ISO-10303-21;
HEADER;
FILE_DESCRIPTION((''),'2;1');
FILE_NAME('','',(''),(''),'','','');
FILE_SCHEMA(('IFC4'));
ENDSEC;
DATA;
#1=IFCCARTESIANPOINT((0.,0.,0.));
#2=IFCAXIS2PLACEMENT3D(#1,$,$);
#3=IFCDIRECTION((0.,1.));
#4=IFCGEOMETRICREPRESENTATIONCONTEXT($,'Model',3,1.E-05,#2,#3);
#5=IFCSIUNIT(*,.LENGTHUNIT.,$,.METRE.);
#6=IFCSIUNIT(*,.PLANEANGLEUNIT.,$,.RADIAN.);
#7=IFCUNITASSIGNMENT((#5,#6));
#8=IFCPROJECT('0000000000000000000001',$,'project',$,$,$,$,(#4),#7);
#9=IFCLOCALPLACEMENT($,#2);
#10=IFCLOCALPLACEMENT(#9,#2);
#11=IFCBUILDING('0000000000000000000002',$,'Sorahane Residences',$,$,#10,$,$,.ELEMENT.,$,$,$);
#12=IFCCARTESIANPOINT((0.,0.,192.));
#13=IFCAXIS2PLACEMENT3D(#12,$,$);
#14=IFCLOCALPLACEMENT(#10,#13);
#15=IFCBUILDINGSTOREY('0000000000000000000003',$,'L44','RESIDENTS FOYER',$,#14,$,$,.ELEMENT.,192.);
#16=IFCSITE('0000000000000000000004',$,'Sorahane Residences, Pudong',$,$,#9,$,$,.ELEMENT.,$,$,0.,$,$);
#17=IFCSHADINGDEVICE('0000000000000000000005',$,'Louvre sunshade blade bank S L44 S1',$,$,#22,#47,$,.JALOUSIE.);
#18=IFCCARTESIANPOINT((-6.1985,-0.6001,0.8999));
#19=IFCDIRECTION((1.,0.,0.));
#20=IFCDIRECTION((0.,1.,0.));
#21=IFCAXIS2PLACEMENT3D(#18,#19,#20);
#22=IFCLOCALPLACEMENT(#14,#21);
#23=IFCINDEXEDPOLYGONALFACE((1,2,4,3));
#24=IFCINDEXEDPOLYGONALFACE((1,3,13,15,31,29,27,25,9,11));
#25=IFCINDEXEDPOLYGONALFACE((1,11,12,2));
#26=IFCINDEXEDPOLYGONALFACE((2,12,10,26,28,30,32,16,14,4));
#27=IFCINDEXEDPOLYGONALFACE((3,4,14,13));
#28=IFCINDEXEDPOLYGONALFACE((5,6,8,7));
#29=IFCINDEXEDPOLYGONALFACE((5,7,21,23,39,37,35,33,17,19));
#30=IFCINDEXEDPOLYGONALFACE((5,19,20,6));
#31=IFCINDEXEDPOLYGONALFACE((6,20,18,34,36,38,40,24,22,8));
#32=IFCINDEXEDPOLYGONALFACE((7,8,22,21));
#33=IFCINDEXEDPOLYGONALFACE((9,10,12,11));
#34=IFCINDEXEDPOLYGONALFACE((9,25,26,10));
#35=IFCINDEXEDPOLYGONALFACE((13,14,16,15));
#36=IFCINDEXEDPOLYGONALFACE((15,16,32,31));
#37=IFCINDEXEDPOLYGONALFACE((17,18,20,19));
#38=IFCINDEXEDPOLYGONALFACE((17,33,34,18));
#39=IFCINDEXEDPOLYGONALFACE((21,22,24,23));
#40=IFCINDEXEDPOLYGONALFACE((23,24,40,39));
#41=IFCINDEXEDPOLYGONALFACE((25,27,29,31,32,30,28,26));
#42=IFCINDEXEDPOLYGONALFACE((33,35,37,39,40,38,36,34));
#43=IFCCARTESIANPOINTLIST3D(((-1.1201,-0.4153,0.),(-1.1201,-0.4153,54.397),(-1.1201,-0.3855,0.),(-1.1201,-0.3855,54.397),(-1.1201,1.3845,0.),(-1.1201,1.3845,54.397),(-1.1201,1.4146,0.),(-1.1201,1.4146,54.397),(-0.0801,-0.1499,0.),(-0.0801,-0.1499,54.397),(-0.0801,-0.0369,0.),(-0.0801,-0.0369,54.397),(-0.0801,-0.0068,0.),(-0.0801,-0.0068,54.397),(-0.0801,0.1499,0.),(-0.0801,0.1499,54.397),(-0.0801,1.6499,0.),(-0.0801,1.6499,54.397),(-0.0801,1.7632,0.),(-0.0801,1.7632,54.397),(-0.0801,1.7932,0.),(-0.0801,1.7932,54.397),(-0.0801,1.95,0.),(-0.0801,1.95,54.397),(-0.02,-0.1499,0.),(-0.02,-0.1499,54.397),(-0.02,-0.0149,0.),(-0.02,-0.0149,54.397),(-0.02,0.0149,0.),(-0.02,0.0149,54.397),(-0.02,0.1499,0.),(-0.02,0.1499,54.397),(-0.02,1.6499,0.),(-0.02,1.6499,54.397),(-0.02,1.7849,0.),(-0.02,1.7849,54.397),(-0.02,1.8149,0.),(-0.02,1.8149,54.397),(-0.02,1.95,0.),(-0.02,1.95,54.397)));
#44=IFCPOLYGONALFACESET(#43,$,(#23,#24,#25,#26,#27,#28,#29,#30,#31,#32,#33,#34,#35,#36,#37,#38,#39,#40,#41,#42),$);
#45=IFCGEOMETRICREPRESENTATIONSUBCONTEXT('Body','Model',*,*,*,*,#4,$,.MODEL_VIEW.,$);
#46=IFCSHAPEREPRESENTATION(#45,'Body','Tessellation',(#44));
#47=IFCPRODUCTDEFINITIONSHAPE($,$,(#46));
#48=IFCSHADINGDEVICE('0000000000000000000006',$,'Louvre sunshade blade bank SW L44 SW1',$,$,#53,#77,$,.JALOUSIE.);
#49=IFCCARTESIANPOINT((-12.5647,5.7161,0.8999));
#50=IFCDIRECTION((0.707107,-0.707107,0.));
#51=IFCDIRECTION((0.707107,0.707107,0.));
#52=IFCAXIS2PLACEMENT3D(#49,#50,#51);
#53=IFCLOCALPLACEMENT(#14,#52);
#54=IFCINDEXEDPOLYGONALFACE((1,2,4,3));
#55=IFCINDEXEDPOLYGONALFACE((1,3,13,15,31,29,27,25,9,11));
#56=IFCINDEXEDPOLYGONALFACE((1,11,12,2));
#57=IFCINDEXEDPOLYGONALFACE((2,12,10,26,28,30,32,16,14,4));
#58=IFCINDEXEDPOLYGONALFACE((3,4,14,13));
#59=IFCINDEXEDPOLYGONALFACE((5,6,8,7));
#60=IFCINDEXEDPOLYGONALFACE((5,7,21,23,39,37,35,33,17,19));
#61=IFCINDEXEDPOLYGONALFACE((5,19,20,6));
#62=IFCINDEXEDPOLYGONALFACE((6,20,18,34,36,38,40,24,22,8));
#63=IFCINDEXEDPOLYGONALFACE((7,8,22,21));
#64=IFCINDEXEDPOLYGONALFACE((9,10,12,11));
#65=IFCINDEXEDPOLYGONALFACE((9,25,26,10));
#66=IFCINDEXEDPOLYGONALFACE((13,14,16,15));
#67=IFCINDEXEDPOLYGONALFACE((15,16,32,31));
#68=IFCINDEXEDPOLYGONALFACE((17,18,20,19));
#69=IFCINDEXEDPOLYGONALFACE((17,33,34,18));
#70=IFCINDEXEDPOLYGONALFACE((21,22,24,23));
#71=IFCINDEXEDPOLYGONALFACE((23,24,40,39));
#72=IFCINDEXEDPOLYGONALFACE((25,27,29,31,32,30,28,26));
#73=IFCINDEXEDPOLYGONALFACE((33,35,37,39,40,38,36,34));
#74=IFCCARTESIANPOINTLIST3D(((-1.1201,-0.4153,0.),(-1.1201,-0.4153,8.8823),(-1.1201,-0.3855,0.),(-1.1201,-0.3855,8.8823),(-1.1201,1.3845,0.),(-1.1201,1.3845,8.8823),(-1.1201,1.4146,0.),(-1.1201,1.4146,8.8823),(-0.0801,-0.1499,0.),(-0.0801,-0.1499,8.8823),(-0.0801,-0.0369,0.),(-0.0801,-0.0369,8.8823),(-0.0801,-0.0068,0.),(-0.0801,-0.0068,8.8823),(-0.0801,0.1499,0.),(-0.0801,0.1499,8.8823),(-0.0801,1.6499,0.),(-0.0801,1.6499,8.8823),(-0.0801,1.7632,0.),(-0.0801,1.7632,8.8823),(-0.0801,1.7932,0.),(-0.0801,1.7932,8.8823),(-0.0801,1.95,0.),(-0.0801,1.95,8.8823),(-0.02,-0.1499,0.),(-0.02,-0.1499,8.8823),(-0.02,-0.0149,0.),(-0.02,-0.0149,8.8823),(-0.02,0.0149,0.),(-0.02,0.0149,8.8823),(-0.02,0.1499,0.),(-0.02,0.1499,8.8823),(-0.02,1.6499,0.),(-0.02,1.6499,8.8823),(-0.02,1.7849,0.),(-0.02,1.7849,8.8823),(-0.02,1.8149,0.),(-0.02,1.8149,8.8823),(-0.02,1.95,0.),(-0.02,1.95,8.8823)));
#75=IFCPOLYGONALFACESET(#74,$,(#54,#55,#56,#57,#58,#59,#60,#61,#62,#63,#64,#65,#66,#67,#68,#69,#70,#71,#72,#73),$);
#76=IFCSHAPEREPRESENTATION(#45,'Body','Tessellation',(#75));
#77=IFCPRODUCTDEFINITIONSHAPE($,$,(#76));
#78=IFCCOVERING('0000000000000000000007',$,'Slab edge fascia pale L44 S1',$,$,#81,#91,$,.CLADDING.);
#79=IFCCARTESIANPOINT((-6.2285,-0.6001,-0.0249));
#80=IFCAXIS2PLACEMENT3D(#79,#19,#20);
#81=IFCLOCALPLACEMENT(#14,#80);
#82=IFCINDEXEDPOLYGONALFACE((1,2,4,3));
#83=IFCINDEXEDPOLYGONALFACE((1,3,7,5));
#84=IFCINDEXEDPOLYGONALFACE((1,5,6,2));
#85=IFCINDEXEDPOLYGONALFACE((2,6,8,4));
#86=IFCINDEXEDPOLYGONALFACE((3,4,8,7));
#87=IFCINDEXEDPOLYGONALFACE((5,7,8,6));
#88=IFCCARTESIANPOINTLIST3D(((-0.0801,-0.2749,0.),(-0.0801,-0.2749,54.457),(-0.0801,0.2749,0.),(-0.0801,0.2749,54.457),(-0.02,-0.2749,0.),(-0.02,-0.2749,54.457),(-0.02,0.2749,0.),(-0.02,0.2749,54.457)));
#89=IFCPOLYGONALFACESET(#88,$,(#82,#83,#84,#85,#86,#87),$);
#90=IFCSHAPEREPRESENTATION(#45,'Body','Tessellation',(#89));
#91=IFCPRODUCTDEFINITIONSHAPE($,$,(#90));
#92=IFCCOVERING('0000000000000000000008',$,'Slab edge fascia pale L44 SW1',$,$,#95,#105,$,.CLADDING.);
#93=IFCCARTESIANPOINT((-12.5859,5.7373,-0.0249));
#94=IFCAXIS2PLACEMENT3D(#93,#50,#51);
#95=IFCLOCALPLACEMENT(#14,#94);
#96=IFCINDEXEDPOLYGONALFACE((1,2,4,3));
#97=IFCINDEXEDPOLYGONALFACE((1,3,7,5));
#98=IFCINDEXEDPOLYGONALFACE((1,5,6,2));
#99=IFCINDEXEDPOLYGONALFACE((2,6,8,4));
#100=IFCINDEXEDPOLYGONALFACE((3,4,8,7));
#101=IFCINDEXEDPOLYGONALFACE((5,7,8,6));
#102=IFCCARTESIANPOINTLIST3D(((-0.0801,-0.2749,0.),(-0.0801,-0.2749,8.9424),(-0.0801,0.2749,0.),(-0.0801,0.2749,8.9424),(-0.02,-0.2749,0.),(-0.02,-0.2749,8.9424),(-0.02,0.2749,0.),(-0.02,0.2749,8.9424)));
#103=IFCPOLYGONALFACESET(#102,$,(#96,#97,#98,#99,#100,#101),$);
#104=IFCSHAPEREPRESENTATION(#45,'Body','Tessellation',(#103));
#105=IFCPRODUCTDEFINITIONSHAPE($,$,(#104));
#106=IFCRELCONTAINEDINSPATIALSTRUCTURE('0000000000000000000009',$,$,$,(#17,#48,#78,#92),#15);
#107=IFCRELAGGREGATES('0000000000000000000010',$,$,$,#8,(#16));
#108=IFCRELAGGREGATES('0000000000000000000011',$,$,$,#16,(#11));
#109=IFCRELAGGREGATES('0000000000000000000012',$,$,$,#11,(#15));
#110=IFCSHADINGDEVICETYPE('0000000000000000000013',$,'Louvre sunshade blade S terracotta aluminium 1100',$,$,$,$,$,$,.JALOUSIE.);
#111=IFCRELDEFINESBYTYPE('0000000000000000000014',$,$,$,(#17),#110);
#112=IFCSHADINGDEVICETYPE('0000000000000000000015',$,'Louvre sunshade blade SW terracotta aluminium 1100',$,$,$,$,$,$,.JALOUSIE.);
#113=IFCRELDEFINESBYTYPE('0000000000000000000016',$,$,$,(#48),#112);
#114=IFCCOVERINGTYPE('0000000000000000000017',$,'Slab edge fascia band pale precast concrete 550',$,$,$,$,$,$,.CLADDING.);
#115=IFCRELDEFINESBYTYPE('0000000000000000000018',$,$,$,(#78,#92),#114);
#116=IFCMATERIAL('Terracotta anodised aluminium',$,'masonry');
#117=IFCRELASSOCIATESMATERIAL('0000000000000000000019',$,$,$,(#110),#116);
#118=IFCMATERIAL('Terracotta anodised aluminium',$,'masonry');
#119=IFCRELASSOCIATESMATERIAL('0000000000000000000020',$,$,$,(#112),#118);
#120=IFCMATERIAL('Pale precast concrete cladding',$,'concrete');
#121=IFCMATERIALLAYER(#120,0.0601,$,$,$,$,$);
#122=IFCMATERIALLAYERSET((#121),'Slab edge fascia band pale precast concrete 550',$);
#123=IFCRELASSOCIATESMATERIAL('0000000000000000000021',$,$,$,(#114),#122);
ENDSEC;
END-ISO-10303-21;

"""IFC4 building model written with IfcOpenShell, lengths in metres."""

from ifc_helpers import new_model, si_unit, direction, frame, origin, place, context, subcontext, project, spatial, polyline, outline, composite_profile, extrude, material, layer, layer_set, type_object, element, save


model = new_model("IFC4")

# Units and contexts
model_context = context("Model", 3, precision=1e-05, world=origin(), true_north=direction((0.0, 1.0)))
body_context = subcontext(model_context, "Body", "Model", "MODEL_VIEW")
ifc_project = project(units=[si_unit("LENGTHUNIT", "METRE"), si_unit("PLANEANGLEUNIT", "RADIAN")], contexts=[model_context])

# Site, building, storey
site_placement = place(None, origin())
site = spatial("IfcSite", under=ifc_project, at=site_placement, Name="Sorahane Residences, Pudong", CompositionType="ELEMENT", RefElevation=0.0)
building_placement = place(site_placement, origin())
building = spatial("IfcBuilding", under=site, at=building_placement, Name="Sorahane Residences", CompositionType="ELEMENT")
storey_placement = place(building_placement, frame((0.0, 0.0, 192.0)))
storey = spatial("IfcBuildingStorey", under=building, at=storey_placement, Name="L44", Description="RESIDENTS FOYER", CompositionType="ELEMENT", Elevation=192.0)

# Shading devices
ifc_material_1 = material(Name="Terracotta anodised aluminium", Category="masonry")
shading_device_type_1 = type_object("IfcShadingDeviceType", Name="Louvre sunshade blade S terracotta aluminium 1100", PredefinedType="JALOUSIE", material=ifc_material_1)
shading_device_1_placement = place(storey_placement, frame((-6.1985, -0.6001, 0.8999), z_axis=(1.0, 0.0, 0.0), x_axis=(0.0, 1.0, 0.0)))
element("IfcShadingDevice", 1, at=shading_device_1_placement, inside=storey, type_object=shading_device_type_1, Name="Louvre sunshade blade bank S L44 S1", PredefinedType="JALOUSIE", context=body_context, shape_type="SweptSolid", body=[
    extrude(composite_profile([outline(polyline([(-1.1201, -0.3855), (-1.1201, -0.4153), (-0.0801, -0.0369), (-0.0801, -0.1499), (-0.02, -0.1499), (-0.02, -0.0149), (-0.02, 0.0149), (-0.02, 0.1499), (-0.0801, 0.1499), (-0.0801, -0.0068), (-1.1201, -0.3855)])), outline(polyline([(-1.1201, 1.4146), (-1.1201, 1.3845), (-0.0801, 1.7632), (-0.0801, 1.6499), (-0.02, 1.6499), (-0.02, 1.7849), (-0.02, 1.8149), (-0.02, 1.95), (-0.0801, 1.95), (-0.0801, 1.7932), (-1.1201, 1.4146)]))]), origin(), (0.0, 0.0, 1.0), 54.397),
])
ifc_material_2 = material(Name="Terracotta anodised aluminium", Category="masonry")
shading_device_type_2 = type_object("IfcShadingDeviceType", Name="Louvre sunshade blade SW terracotta aluminium 1100", PredefinedType="JALOUSIE", material=ifc_material_2)
shading_device_2_placement = place(storey_placement, frame((-12.5647, 5.7161, 0.8999), z_axis=(0.707107, -0.707107, 0.0), x_axis=(0.707107, 0.707107, 0.0)))
element("IfcShadingDevice", 2, at=shading_device_2_placement, inside=storey, type_object=shading_device_type_2, Name="Louvre sunshade blade bank SW L44 SW1", PredefinedType="JALOUSIE", context=body_context, shape_type="SweptSolid", body=[
    extrude(composite_profile([outline(polyline([(-1.1201, -0.3855), (-1.1201, -0.4153), (-0.0801, -0.0369), (-0.0801, -0.1499), (-0.02, -0.1499), (-0.02, -0.0149), (-0.02, 0.0149), (-0.02, 0.1499), (-0.0801, 0.1499), (-0.0801, -0.0068), (-1.1201, -0.3855)])), outline(polyline([(-1.1201, 1.4146), (-1.1201, 1.3845), (-0.0801, 1.7632), (-0.0801, 1.6499), (-0.02, 1.6499), (-0.02, 1.7849), (-0.02, 1.8149), (-0.02, 1.95), (-0.0801, 1.95), (-0.0801, 1.7932), (-1.1201, 1.4146)]))]), origin(), (0.0, 0.0, 1.0), 8.8823),
])

# Coverings
ifc_material_3 = material(Name="Pale precast concrete cladding", Category="concrete")
ifc_layer_1 = layer(ifc_material_3, 0.0601)
ifc_layer_set_1 = layer_set([ifc_layer_1], Name="Slab edge fascia band pale precast concrete 550")
covering_type = type_object("IfcCoveringType", Name="Slab edge fascia band pale precast concrete 550", PredefinedType="CLADDING", material=ifc_layer_set_1)
covering_1_placement = place(storey_placement, frame((-6.2285, -0.6001, -0.0249), z_axis=(1.0, 0.0, 0.0), x_axis=(0.0, 1.0, 0.0)))
element("IfcCovering", 3, at=covering_1_placement, inside=storey, type_object=covering_type, Name="Slab edge fascia pale L44 S1", PredefinedType="CLADDING", context=body_context, shape_type="SweptSolid", body=[
    extrude(outline(polyline([(-0.02, 0.2749), (-0.0801, 0.2749), (-0.0801, -0.2749), (-0.02, -0.2749), (-0.02, 0.2749)])), origin(), (0.0, 0.0, 1.0), 54.457),
])
covering_2_placement = place(storey_placement, frame((-12.5859, 5.7373, -0.0249), z_axis=(0.707107, -0.707107, 0.0), x_axis=(0.707107, 0.707107, 0.0)))
element("IfcCovering", 4, at=covering_2_placement, inside=storey, type_object=covering_type, Name="Slab edge fascia pale L44 SW1", PredefinedType="CLADDING", context=body_context, shape_type="SweptSolid", body=[
    extrude(outline(polyline([(-0.02, 0.2749), (-0.0801, 0.2749), (-0.0801, -0.2749), (-0.02, -0.2749), (-0.02, 0.2749)])), origin(), (0.0, 0.0, 1.0), 8.9424),
])

save(model, "model.ifc")
